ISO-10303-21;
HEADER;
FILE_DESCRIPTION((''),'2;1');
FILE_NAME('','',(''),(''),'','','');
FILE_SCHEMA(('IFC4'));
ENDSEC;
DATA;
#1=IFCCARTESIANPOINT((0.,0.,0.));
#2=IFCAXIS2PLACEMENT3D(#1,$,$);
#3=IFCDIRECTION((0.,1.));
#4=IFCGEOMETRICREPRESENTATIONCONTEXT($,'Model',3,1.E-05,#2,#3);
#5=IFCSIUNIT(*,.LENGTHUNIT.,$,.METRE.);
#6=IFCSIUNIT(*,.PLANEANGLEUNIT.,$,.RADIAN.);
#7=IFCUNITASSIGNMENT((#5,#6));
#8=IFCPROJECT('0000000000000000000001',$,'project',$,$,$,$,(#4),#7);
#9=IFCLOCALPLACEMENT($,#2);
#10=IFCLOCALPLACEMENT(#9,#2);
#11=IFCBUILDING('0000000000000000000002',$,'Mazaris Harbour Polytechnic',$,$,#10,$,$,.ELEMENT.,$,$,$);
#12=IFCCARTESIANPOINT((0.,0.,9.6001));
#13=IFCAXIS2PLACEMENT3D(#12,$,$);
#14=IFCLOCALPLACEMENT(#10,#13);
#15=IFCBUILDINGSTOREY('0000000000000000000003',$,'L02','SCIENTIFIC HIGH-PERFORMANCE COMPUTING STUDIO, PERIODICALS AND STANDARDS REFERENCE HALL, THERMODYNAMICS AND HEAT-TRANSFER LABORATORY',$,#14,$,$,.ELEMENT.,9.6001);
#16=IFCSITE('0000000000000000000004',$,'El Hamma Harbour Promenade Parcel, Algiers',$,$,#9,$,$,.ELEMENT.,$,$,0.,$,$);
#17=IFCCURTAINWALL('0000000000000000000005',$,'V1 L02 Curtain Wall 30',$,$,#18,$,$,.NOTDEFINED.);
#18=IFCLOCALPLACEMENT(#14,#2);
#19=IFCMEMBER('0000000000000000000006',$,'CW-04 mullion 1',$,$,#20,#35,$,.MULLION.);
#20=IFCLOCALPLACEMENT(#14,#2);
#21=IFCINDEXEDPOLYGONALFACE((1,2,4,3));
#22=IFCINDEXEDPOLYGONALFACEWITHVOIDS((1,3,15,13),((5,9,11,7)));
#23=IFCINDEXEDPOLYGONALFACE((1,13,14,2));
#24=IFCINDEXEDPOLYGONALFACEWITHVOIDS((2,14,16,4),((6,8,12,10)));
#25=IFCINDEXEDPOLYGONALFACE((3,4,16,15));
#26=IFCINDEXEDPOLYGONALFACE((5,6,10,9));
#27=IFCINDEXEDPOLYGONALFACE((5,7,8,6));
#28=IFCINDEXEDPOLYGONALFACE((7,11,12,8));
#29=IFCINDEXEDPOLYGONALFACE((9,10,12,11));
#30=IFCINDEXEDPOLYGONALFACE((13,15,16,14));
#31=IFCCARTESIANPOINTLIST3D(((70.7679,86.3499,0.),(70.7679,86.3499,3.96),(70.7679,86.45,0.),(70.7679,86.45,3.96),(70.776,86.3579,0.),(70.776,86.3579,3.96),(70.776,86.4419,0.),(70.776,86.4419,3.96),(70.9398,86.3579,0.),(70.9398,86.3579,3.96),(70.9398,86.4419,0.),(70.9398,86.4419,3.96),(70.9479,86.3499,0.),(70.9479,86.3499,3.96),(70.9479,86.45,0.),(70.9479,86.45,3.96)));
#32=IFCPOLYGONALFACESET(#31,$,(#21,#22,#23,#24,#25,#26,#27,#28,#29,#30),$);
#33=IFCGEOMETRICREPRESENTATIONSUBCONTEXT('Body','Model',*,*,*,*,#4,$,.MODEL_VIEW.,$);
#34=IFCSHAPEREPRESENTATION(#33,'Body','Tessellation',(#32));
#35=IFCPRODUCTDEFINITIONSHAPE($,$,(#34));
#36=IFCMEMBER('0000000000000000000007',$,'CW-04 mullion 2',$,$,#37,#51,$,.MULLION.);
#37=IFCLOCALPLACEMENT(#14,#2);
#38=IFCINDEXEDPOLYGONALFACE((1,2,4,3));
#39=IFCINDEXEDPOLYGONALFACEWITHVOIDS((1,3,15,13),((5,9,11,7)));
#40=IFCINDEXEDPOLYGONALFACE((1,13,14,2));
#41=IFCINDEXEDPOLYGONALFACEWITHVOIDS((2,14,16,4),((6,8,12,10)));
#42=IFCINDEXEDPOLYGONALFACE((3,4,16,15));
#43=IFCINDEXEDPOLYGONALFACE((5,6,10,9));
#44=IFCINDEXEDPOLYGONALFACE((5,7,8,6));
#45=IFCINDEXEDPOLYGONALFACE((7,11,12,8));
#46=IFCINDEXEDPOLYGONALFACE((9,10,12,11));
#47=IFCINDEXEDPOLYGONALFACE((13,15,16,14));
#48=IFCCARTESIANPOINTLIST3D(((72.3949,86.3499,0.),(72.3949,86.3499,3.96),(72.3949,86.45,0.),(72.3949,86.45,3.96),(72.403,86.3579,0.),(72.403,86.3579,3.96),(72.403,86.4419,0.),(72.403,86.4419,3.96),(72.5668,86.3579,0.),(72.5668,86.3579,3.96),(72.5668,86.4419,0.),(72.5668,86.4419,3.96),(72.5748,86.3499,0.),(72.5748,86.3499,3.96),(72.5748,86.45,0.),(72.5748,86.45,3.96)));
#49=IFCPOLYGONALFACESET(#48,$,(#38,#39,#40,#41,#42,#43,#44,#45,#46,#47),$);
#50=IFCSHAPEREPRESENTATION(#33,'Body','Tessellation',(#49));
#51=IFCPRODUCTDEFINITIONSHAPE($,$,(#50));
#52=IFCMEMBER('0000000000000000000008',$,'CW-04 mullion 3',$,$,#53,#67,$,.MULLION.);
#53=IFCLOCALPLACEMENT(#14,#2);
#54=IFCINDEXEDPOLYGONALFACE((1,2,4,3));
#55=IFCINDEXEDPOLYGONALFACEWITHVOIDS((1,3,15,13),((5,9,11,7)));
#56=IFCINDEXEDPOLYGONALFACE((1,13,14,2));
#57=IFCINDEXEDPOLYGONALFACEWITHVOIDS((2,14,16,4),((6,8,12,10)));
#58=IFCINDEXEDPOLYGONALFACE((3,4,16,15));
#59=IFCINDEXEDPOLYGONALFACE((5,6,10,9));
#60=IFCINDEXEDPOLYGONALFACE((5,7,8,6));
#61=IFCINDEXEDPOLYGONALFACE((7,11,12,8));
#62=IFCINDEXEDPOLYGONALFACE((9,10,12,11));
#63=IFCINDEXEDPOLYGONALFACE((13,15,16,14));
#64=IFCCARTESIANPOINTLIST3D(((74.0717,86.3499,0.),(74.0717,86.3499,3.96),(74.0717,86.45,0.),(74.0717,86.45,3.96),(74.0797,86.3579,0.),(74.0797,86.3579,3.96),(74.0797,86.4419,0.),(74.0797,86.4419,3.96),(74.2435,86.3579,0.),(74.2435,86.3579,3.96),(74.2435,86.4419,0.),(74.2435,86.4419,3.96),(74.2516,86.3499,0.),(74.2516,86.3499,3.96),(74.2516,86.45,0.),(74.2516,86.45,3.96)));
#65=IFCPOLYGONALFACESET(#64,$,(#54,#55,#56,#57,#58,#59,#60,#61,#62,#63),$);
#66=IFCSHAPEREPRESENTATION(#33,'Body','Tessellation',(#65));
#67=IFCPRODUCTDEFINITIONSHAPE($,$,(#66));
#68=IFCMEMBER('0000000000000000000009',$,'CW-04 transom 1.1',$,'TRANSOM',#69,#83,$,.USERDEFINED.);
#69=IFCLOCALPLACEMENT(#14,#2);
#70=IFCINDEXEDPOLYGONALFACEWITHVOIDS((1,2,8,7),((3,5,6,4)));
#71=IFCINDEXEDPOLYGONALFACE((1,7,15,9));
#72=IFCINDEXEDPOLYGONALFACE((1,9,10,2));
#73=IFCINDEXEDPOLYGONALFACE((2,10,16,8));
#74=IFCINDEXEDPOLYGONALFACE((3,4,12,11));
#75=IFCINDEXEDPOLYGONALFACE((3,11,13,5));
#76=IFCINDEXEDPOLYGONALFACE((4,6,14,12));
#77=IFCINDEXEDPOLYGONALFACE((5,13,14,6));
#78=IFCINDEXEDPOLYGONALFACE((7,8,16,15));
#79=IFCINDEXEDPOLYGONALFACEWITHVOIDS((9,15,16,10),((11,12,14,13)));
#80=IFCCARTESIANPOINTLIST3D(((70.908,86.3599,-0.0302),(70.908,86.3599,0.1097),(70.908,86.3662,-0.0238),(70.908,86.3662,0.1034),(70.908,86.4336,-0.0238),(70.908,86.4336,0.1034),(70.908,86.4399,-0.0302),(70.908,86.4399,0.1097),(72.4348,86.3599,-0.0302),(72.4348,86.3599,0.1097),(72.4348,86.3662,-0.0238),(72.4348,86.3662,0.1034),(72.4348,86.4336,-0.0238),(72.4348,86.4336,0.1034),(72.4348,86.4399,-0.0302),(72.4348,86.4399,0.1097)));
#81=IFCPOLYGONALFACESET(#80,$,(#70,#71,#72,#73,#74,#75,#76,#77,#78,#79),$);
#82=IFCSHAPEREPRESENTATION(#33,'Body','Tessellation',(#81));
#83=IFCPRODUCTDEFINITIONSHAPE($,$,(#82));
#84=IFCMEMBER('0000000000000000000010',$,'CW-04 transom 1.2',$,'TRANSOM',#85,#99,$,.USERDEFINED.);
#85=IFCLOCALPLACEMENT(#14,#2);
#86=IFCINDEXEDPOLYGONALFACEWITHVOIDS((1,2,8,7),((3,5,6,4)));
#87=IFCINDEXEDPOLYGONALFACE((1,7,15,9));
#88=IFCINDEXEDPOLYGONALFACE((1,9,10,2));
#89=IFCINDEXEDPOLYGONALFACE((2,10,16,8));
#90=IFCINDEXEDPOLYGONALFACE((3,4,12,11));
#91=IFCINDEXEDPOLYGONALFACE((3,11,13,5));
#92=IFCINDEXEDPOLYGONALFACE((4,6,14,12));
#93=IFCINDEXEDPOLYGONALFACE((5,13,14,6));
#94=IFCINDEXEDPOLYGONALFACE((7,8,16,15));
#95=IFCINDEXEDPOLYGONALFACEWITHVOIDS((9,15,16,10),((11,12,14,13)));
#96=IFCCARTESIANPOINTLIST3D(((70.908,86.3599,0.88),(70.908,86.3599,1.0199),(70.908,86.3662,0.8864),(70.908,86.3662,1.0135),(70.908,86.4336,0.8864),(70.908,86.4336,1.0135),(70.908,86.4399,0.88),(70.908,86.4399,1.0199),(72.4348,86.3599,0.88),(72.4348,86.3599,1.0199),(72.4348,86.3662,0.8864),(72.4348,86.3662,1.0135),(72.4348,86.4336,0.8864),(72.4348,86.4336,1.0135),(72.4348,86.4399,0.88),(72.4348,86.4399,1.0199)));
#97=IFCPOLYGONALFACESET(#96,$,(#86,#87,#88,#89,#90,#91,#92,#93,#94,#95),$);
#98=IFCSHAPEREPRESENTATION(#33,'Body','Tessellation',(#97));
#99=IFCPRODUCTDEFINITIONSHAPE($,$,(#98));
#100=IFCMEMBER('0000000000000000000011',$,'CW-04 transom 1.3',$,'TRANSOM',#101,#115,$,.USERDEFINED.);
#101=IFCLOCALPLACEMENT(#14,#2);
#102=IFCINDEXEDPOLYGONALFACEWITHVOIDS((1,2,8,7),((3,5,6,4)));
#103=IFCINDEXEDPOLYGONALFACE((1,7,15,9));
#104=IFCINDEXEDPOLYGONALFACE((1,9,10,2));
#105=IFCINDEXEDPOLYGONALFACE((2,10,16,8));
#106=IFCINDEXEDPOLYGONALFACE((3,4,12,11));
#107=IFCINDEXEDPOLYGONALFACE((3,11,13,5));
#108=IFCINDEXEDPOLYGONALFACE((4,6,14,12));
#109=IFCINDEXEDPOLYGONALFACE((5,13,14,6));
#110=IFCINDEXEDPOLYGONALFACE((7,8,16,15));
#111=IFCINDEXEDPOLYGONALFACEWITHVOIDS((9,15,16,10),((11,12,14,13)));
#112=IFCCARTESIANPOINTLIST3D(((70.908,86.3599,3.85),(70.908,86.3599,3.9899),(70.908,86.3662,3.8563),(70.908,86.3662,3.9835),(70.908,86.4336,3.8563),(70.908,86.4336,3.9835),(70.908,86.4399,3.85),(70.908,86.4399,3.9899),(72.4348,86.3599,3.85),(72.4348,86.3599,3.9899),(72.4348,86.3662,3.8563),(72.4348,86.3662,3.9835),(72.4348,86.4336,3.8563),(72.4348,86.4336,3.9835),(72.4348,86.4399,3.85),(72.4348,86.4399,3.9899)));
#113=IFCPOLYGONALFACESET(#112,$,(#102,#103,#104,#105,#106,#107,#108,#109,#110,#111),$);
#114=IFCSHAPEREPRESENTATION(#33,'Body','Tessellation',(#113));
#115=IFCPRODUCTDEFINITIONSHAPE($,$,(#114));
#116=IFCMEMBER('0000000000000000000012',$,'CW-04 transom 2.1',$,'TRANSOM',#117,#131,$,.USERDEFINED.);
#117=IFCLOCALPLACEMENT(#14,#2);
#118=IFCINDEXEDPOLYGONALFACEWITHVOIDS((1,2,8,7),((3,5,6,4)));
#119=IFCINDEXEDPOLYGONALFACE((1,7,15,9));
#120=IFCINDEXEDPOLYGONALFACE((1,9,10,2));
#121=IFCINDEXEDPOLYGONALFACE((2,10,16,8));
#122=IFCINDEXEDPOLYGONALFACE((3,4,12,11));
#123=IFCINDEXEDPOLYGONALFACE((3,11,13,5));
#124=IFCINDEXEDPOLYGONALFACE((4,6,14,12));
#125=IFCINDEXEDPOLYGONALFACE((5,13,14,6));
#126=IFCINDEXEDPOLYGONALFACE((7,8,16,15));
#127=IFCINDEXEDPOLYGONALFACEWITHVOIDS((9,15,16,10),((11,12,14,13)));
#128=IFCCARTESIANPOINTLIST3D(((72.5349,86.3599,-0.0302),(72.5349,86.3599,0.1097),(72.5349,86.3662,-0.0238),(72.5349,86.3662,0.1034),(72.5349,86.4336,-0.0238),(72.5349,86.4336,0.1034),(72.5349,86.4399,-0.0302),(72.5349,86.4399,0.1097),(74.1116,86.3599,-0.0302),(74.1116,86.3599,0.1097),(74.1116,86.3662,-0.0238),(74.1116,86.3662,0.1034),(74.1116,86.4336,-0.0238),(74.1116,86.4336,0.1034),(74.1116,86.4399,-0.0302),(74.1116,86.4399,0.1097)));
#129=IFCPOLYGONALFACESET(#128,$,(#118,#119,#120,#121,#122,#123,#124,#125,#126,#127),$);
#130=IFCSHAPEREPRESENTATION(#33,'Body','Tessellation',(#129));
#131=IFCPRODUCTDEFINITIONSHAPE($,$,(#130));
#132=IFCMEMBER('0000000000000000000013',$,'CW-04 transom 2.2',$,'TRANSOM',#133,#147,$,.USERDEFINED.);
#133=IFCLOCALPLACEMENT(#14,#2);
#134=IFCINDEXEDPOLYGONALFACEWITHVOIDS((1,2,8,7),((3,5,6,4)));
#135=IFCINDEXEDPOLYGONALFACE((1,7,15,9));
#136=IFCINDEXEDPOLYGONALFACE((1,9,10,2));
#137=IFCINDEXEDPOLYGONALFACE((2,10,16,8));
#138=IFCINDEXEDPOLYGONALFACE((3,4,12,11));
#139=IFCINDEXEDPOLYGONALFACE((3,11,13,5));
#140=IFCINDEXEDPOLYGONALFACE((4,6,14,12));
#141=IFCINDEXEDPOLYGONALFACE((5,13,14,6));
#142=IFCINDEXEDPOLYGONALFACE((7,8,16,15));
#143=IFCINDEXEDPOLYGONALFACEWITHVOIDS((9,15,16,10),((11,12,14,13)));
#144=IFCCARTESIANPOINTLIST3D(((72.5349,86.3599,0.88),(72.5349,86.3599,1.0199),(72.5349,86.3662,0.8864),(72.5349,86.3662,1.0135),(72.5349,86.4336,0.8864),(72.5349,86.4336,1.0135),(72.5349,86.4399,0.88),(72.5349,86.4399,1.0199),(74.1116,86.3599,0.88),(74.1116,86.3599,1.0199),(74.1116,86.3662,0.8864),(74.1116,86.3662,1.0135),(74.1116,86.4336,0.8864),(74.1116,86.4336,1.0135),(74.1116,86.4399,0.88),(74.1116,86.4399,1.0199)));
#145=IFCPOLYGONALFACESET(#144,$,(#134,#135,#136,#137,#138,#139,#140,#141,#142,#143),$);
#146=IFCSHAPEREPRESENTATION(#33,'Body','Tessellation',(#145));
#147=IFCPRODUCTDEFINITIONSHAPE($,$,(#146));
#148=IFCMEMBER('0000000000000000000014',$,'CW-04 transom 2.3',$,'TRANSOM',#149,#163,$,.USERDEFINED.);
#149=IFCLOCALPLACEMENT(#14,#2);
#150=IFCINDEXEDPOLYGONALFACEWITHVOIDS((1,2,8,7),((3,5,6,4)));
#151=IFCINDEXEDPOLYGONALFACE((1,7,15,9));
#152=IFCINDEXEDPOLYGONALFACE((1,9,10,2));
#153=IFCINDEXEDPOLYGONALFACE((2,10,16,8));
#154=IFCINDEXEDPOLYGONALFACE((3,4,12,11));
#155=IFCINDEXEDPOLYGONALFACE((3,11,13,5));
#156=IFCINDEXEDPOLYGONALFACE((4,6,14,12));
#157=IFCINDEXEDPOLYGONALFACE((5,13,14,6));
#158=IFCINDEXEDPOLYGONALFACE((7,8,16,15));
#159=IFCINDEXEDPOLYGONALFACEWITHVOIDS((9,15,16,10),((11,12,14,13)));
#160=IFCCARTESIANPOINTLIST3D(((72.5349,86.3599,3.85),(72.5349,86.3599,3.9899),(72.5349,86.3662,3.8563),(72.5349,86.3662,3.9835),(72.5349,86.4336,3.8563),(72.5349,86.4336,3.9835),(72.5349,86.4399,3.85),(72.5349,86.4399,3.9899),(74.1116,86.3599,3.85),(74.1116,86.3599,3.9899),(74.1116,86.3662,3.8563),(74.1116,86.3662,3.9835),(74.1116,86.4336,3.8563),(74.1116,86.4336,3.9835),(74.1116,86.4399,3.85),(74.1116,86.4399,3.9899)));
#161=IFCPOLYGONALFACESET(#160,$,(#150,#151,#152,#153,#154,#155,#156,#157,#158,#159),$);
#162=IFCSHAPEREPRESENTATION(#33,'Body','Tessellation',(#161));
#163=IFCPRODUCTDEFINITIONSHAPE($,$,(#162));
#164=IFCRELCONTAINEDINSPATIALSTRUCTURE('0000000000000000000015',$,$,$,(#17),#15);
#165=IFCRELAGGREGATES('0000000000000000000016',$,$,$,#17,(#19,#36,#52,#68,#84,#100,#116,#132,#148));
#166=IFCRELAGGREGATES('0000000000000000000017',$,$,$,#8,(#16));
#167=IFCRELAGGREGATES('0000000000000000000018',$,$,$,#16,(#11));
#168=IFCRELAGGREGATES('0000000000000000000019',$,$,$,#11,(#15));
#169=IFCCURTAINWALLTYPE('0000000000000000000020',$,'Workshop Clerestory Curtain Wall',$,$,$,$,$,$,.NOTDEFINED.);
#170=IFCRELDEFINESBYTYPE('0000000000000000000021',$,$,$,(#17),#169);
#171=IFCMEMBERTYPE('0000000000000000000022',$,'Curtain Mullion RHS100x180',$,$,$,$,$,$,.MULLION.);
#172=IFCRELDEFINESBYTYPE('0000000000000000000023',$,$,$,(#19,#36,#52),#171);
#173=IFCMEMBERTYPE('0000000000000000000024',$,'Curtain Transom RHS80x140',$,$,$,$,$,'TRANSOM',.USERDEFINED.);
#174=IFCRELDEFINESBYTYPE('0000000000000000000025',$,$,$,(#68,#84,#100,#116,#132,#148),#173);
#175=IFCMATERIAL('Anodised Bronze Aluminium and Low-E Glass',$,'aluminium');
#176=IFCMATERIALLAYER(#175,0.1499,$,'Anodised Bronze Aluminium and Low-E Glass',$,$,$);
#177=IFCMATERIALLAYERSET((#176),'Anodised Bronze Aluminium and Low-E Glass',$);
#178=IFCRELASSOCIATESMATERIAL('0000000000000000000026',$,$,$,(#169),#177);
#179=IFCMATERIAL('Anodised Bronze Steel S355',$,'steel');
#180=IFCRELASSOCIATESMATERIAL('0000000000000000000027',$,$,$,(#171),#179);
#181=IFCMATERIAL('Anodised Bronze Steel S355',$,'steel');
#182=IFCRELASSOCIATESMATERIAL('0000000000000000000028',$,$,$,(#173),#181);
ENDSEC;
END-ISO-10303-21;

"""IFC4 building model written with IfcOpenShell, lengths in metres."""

from ifc_helpers import new_model, si_unit, direction, frame, origin, origin_2d, place, context, subcontext, project, spatial, hollow_rectangle, extrude, material, layer, layer_set, material_profile, profile_set, type_object, element, aggregate, save


model = new_model("IFC4")

# Units and contexts
model_context = context("Model", 3, precision=1e-05, world=origin(), true_north=direction((0.0, 1.0)))
body_context = subcontext(model_context, "Body", "Model", "MODEL_VIEW")
ifc_project = project(units=[si_unit("LENGTHUNIT", "METRE"), si_unit("PLANEANGLEUNIT", "RADIAN")], contexts=[model_context])

# Site, building, storey
site_placement = place(None, origin())
site = spatial("IfcSite", under=ifc_project, at=site_placement, Name="El Hamma Harbour Promenade Parcel, Algiers", CompositionType="ELEMENT", RefElevation=0.0)
building_placement = place(site_placement, origin())
building = spatial("IfcBuilding", under=site, at=building_placement, Name="Mazaris Harbour Polytechnic", CompositionType="ELEMENT")
storey_placement = place(building_placement, frame((0.0, 0.0, 9.6001)))
storey = spatial("IfcBuildingStorey", under=building, at=storey_placement, Name="L02", Description="SCIENTIFIC HIGH-PERFORMANCE COMPUTING STUDIO, PERIODICALS AND STANDARDS REFERENCE HALL, THERMODYNAMICS AND HEAT-TRANSFER LABORATORY", CompositionType="ELEMENT", Elevation=9.6001)

# Curtain wall, members
ifc_material_1 = material(Name="Anodised Bronze Aluminium and Low-E Glass", Category="aluminium")
ifc_layer_1 = layer(ifc_material_1, 0.1499, Name="Anodised Bronze Aluminium and Low-E Glass")
ifc_layer_set_1 = layer_set([ifc_layer_1], Name="Anodised Bronze Aluminium and Low-E Glass")
curtain_wall_type = type_object("IfcCurtainWallType", Name="Workshop Clerestory Curtain Wall", PredefinedType="NOTDEFINED", material=ifc_layer_set_1)
curtain_wall_placement = place(storey_placement, origin())
curtain_wall = element("IfcCurtainWall", 1, at=curtain_wall_placement, inside=storey, type_object=curtain_wall_type, Name="V1 L02 Curtain Wall 30", PredefinedType="NOTDEFINED")
ifc_material_2 = material(Name="Anodised Bronze Steel S355", Category="steel")
ifc_material_profile_1 = material_profile(ifc_material_2, hollow_rectangle(XDim=0.1001, YDim=0.1799, WallThickness=0.0081, at=origin_2d()), Name="RHS 100x180x8.0")
ifc_profile_set_1 = profile_set([ifc_material_profile_1], Name="Anodised Bronze Steel S355")
member_type_1 = type_object("IfcMemberType", Name="Curtain Mullion RHS100x180", PredefinedType="MULLION", material=ifc_profile_set_1)
member_1_placement = place(storey_placement, frame((70.8579, 86.3999, 0.0), z_axis=(0.0, 0.0, 1.0), x_axis=(0.0, 1.0, 0.0)))
member_1 = element("IfcMember", 2, at=member_1_placement, type_object=member_type_1, Name="CW-04 mullion 1", PredefinedType="MULLION", context=body_context, shape_type="SweptSolid", body=[
    extrude(hollow_rectangle(XDim=0.1001, YDim=0.1799, WallThickness=0.0081, at=origin_2d()), origin(), (0.0, 0.0, 1.0), 3.96),
])
member_2_placement = place(storey_placement, frame((72.4849, 86.3999, 0.0), z_axis=(0.0, 0.0, 1.0), x_axis=(0.0, 1.0, 0.0)))
member_2 = element("IfcMember", 3, at=member_2_placement, type_object=member_type_1, Name="CW-04 mullion 2", PredefinedType="MULLION", context=body_context, shape_type="SweptSolid", body=[
    extrude(hollow_rectangle(XDim=0.1001, YDim=0.1799, WallThickness=0.0081, at=origin_2d()), origin(), (0.0, 0.0, 1.0), 3.96),
])
member_3_placement = place(storey_placement, frame((74.1616, 86.3999, 0.0), z_axis=(0.0, 0.0, 1.0), x_axis=(0.0, 1.0, 0.0)))
member_3 = element("IfcMember", 4, at=member_3_placement, type_object=member_type_1, Name="CW-04 mullion 3", PredefinedType="MULLION", context=body_context, shape_type="SweptSolid", body=[
    extrude(hollow_rectangle(XDim=0.1001, YDim=0.1799, WallThickness=0.0081, at=origin_2d()), origin(), (0.0, 0.0, 1.0), 3.96),
])
ifc_material_3 = material(Name="Anodised Bronze Steel S355", Category="steel")
ifc_material_profile_2 = material_profile(ifc_material_3, hollow_rectangle(XDim=0.0801, YDim=0.1399, WallThickness=0.0063, at=origin_2d()), Name="RHS 80x140x6.3")
ifc_profile_set_2 = profile_set([ifc_material_profile_2], Name="Anodised Bronze Steel S355")
member_type_2 = type_object("IfcMemberType", Name="Curtain Transom RHS80x140", ElementType="TRANSOM", PredefinedType="USERDEFINED", material=ifc_profile_set_2)
member_4_placement = place(storey_placement, frame((70.908, 86.3999, 0.0398), z_axis=(1.0, 0.0, 0.0), x_axis=(0.0, 1.0, 0.0)))
member_4 = element("IfcMember", 5, at=member_4_placement, type_object=member_type_2, Name="CW-04 transom 1.1", ObjectType="TRANSOM", PredefinedType="USERDEFINED", context=body_context, shape_type="SweptSolid", body=[
    extrude(hollow_rectangle(XDim=0.0801, YDim=0.1399, WallThickness=0.0063, at=origin_2d()), origin(), (0.0, 0.0, 1.0), 1.5269),
])
member_5_placement = place(storey_placement, frame((70.908, 86.3999, 0.95), z_axis=(1.0, 0.0, 0.0), x_axis=(0.0, 1.0, 0.0)))
member_5 = element("IfcMember", 6, at=member_5_placement, type_object=member_type_2, Name="CW-04 transom 1.2", ObjectType="TRANSOM", PredefinedType="USERDEFINED", context=body_context, shape_type="SweptSolid", body=[
    extrude(hollow_rectangle(XDim=0.0801, YDim=0.1399, WallThickness=0.0063, at=origin_2d()), origin(), (0.0, 0.0, 1.0), 1.5269),
])
member_6_placement = place(storey_placement, frame((70.908, 86.3999, 3.9199), z_axis=(1.0, 0.0, 0.0), x_axis=(0.0, 1.0, 0.0)))
member_6 = element("IfcMember", 7, at=member_6_placement, type_object=member_type_2, Name="CW-04 transom 1.3", ObjectType="TRANSOM", PredefinedType="USERDEFINED", context=body_context, shape_type="SweptSolid", body=[
    extrude(hollow_rectangle(XDim=0.0801, YDim=0.1399, WallThickness=0.0063, at=origin_2d()), origin(), (0.0, 0.0, 1.0), 1.5269),
])
member_7_placement = place(storey_placement, frame((72.5349, 86.3999, 0.0398), z_axis=(1.0, 0.0, 0.0), x_axis=(0.0, 1.0, 0.0)))
member_7 = element("IfcMember", 8, at=member_7_placement, type_object=member_type_2, Name="CW-04 transom 2.1", ObjectType="TRANSOM", PredefinedType="USERDEFINED", context=body_context, shape_type="SweptSolid", body=[
    extrude(hollow_rectangle(XDim=0.0801, YDim=0.1399, WallThickness=0.0063, at=origin_2d()), origin(), (0.0, 0.0, 1.0), 1.5767),
])
member_8_placement = place(storey_placement, frame((72.5349, 86.3999, 0.95), z_axis=(1.0, 0.0, 0.0), x_axis=(0.0, 1.0, 0.0)))
member_8 = element("IfcMember", 9, at=member_8_placement, type_object=member_type_2, Name="CW-04 transom 2.2", ObjectType="TRANSOM", PredefinedType="USERDEFINED", context=body_context, shape_type="SweptSolid", body=[
    extrude(hollow_rectangle(XDim=0.0801, YDim=0.1399, WallThickness=0.0063, at=origin_2d()), origin(), (0.0, 0.0, 1.0), 1.5767),
])
member_9_placement = place(storey_placement, frame((72.5349, 86.3999, 3.9199), z_axis=(1.0, 0.0, 0.0), x_axis=(0.0, 1.0, 0.0)))
member_9 = element("IfcMember", 10, at=member_9_placement, type_object=member_type_2, Name="CW-04 transom 2.3", ObjectType="TRANSOM", PredefinedType="USERDEFINED", context=body_context, shape_type="SweptSolid", body=[
    extrude(hollow_rectangle(XDim=0.0801, YDim=0.1399, WallThickness=0.0063, at=origin_2d()), origin(), (0.0, 0.0, 1.0), 1.5767),
])

aggregate(curtain_wall, [member_1, member_2, member_3, member_4, member_5, member_6, member_7, member_8, member_9])

save(model, "model.ifc")
